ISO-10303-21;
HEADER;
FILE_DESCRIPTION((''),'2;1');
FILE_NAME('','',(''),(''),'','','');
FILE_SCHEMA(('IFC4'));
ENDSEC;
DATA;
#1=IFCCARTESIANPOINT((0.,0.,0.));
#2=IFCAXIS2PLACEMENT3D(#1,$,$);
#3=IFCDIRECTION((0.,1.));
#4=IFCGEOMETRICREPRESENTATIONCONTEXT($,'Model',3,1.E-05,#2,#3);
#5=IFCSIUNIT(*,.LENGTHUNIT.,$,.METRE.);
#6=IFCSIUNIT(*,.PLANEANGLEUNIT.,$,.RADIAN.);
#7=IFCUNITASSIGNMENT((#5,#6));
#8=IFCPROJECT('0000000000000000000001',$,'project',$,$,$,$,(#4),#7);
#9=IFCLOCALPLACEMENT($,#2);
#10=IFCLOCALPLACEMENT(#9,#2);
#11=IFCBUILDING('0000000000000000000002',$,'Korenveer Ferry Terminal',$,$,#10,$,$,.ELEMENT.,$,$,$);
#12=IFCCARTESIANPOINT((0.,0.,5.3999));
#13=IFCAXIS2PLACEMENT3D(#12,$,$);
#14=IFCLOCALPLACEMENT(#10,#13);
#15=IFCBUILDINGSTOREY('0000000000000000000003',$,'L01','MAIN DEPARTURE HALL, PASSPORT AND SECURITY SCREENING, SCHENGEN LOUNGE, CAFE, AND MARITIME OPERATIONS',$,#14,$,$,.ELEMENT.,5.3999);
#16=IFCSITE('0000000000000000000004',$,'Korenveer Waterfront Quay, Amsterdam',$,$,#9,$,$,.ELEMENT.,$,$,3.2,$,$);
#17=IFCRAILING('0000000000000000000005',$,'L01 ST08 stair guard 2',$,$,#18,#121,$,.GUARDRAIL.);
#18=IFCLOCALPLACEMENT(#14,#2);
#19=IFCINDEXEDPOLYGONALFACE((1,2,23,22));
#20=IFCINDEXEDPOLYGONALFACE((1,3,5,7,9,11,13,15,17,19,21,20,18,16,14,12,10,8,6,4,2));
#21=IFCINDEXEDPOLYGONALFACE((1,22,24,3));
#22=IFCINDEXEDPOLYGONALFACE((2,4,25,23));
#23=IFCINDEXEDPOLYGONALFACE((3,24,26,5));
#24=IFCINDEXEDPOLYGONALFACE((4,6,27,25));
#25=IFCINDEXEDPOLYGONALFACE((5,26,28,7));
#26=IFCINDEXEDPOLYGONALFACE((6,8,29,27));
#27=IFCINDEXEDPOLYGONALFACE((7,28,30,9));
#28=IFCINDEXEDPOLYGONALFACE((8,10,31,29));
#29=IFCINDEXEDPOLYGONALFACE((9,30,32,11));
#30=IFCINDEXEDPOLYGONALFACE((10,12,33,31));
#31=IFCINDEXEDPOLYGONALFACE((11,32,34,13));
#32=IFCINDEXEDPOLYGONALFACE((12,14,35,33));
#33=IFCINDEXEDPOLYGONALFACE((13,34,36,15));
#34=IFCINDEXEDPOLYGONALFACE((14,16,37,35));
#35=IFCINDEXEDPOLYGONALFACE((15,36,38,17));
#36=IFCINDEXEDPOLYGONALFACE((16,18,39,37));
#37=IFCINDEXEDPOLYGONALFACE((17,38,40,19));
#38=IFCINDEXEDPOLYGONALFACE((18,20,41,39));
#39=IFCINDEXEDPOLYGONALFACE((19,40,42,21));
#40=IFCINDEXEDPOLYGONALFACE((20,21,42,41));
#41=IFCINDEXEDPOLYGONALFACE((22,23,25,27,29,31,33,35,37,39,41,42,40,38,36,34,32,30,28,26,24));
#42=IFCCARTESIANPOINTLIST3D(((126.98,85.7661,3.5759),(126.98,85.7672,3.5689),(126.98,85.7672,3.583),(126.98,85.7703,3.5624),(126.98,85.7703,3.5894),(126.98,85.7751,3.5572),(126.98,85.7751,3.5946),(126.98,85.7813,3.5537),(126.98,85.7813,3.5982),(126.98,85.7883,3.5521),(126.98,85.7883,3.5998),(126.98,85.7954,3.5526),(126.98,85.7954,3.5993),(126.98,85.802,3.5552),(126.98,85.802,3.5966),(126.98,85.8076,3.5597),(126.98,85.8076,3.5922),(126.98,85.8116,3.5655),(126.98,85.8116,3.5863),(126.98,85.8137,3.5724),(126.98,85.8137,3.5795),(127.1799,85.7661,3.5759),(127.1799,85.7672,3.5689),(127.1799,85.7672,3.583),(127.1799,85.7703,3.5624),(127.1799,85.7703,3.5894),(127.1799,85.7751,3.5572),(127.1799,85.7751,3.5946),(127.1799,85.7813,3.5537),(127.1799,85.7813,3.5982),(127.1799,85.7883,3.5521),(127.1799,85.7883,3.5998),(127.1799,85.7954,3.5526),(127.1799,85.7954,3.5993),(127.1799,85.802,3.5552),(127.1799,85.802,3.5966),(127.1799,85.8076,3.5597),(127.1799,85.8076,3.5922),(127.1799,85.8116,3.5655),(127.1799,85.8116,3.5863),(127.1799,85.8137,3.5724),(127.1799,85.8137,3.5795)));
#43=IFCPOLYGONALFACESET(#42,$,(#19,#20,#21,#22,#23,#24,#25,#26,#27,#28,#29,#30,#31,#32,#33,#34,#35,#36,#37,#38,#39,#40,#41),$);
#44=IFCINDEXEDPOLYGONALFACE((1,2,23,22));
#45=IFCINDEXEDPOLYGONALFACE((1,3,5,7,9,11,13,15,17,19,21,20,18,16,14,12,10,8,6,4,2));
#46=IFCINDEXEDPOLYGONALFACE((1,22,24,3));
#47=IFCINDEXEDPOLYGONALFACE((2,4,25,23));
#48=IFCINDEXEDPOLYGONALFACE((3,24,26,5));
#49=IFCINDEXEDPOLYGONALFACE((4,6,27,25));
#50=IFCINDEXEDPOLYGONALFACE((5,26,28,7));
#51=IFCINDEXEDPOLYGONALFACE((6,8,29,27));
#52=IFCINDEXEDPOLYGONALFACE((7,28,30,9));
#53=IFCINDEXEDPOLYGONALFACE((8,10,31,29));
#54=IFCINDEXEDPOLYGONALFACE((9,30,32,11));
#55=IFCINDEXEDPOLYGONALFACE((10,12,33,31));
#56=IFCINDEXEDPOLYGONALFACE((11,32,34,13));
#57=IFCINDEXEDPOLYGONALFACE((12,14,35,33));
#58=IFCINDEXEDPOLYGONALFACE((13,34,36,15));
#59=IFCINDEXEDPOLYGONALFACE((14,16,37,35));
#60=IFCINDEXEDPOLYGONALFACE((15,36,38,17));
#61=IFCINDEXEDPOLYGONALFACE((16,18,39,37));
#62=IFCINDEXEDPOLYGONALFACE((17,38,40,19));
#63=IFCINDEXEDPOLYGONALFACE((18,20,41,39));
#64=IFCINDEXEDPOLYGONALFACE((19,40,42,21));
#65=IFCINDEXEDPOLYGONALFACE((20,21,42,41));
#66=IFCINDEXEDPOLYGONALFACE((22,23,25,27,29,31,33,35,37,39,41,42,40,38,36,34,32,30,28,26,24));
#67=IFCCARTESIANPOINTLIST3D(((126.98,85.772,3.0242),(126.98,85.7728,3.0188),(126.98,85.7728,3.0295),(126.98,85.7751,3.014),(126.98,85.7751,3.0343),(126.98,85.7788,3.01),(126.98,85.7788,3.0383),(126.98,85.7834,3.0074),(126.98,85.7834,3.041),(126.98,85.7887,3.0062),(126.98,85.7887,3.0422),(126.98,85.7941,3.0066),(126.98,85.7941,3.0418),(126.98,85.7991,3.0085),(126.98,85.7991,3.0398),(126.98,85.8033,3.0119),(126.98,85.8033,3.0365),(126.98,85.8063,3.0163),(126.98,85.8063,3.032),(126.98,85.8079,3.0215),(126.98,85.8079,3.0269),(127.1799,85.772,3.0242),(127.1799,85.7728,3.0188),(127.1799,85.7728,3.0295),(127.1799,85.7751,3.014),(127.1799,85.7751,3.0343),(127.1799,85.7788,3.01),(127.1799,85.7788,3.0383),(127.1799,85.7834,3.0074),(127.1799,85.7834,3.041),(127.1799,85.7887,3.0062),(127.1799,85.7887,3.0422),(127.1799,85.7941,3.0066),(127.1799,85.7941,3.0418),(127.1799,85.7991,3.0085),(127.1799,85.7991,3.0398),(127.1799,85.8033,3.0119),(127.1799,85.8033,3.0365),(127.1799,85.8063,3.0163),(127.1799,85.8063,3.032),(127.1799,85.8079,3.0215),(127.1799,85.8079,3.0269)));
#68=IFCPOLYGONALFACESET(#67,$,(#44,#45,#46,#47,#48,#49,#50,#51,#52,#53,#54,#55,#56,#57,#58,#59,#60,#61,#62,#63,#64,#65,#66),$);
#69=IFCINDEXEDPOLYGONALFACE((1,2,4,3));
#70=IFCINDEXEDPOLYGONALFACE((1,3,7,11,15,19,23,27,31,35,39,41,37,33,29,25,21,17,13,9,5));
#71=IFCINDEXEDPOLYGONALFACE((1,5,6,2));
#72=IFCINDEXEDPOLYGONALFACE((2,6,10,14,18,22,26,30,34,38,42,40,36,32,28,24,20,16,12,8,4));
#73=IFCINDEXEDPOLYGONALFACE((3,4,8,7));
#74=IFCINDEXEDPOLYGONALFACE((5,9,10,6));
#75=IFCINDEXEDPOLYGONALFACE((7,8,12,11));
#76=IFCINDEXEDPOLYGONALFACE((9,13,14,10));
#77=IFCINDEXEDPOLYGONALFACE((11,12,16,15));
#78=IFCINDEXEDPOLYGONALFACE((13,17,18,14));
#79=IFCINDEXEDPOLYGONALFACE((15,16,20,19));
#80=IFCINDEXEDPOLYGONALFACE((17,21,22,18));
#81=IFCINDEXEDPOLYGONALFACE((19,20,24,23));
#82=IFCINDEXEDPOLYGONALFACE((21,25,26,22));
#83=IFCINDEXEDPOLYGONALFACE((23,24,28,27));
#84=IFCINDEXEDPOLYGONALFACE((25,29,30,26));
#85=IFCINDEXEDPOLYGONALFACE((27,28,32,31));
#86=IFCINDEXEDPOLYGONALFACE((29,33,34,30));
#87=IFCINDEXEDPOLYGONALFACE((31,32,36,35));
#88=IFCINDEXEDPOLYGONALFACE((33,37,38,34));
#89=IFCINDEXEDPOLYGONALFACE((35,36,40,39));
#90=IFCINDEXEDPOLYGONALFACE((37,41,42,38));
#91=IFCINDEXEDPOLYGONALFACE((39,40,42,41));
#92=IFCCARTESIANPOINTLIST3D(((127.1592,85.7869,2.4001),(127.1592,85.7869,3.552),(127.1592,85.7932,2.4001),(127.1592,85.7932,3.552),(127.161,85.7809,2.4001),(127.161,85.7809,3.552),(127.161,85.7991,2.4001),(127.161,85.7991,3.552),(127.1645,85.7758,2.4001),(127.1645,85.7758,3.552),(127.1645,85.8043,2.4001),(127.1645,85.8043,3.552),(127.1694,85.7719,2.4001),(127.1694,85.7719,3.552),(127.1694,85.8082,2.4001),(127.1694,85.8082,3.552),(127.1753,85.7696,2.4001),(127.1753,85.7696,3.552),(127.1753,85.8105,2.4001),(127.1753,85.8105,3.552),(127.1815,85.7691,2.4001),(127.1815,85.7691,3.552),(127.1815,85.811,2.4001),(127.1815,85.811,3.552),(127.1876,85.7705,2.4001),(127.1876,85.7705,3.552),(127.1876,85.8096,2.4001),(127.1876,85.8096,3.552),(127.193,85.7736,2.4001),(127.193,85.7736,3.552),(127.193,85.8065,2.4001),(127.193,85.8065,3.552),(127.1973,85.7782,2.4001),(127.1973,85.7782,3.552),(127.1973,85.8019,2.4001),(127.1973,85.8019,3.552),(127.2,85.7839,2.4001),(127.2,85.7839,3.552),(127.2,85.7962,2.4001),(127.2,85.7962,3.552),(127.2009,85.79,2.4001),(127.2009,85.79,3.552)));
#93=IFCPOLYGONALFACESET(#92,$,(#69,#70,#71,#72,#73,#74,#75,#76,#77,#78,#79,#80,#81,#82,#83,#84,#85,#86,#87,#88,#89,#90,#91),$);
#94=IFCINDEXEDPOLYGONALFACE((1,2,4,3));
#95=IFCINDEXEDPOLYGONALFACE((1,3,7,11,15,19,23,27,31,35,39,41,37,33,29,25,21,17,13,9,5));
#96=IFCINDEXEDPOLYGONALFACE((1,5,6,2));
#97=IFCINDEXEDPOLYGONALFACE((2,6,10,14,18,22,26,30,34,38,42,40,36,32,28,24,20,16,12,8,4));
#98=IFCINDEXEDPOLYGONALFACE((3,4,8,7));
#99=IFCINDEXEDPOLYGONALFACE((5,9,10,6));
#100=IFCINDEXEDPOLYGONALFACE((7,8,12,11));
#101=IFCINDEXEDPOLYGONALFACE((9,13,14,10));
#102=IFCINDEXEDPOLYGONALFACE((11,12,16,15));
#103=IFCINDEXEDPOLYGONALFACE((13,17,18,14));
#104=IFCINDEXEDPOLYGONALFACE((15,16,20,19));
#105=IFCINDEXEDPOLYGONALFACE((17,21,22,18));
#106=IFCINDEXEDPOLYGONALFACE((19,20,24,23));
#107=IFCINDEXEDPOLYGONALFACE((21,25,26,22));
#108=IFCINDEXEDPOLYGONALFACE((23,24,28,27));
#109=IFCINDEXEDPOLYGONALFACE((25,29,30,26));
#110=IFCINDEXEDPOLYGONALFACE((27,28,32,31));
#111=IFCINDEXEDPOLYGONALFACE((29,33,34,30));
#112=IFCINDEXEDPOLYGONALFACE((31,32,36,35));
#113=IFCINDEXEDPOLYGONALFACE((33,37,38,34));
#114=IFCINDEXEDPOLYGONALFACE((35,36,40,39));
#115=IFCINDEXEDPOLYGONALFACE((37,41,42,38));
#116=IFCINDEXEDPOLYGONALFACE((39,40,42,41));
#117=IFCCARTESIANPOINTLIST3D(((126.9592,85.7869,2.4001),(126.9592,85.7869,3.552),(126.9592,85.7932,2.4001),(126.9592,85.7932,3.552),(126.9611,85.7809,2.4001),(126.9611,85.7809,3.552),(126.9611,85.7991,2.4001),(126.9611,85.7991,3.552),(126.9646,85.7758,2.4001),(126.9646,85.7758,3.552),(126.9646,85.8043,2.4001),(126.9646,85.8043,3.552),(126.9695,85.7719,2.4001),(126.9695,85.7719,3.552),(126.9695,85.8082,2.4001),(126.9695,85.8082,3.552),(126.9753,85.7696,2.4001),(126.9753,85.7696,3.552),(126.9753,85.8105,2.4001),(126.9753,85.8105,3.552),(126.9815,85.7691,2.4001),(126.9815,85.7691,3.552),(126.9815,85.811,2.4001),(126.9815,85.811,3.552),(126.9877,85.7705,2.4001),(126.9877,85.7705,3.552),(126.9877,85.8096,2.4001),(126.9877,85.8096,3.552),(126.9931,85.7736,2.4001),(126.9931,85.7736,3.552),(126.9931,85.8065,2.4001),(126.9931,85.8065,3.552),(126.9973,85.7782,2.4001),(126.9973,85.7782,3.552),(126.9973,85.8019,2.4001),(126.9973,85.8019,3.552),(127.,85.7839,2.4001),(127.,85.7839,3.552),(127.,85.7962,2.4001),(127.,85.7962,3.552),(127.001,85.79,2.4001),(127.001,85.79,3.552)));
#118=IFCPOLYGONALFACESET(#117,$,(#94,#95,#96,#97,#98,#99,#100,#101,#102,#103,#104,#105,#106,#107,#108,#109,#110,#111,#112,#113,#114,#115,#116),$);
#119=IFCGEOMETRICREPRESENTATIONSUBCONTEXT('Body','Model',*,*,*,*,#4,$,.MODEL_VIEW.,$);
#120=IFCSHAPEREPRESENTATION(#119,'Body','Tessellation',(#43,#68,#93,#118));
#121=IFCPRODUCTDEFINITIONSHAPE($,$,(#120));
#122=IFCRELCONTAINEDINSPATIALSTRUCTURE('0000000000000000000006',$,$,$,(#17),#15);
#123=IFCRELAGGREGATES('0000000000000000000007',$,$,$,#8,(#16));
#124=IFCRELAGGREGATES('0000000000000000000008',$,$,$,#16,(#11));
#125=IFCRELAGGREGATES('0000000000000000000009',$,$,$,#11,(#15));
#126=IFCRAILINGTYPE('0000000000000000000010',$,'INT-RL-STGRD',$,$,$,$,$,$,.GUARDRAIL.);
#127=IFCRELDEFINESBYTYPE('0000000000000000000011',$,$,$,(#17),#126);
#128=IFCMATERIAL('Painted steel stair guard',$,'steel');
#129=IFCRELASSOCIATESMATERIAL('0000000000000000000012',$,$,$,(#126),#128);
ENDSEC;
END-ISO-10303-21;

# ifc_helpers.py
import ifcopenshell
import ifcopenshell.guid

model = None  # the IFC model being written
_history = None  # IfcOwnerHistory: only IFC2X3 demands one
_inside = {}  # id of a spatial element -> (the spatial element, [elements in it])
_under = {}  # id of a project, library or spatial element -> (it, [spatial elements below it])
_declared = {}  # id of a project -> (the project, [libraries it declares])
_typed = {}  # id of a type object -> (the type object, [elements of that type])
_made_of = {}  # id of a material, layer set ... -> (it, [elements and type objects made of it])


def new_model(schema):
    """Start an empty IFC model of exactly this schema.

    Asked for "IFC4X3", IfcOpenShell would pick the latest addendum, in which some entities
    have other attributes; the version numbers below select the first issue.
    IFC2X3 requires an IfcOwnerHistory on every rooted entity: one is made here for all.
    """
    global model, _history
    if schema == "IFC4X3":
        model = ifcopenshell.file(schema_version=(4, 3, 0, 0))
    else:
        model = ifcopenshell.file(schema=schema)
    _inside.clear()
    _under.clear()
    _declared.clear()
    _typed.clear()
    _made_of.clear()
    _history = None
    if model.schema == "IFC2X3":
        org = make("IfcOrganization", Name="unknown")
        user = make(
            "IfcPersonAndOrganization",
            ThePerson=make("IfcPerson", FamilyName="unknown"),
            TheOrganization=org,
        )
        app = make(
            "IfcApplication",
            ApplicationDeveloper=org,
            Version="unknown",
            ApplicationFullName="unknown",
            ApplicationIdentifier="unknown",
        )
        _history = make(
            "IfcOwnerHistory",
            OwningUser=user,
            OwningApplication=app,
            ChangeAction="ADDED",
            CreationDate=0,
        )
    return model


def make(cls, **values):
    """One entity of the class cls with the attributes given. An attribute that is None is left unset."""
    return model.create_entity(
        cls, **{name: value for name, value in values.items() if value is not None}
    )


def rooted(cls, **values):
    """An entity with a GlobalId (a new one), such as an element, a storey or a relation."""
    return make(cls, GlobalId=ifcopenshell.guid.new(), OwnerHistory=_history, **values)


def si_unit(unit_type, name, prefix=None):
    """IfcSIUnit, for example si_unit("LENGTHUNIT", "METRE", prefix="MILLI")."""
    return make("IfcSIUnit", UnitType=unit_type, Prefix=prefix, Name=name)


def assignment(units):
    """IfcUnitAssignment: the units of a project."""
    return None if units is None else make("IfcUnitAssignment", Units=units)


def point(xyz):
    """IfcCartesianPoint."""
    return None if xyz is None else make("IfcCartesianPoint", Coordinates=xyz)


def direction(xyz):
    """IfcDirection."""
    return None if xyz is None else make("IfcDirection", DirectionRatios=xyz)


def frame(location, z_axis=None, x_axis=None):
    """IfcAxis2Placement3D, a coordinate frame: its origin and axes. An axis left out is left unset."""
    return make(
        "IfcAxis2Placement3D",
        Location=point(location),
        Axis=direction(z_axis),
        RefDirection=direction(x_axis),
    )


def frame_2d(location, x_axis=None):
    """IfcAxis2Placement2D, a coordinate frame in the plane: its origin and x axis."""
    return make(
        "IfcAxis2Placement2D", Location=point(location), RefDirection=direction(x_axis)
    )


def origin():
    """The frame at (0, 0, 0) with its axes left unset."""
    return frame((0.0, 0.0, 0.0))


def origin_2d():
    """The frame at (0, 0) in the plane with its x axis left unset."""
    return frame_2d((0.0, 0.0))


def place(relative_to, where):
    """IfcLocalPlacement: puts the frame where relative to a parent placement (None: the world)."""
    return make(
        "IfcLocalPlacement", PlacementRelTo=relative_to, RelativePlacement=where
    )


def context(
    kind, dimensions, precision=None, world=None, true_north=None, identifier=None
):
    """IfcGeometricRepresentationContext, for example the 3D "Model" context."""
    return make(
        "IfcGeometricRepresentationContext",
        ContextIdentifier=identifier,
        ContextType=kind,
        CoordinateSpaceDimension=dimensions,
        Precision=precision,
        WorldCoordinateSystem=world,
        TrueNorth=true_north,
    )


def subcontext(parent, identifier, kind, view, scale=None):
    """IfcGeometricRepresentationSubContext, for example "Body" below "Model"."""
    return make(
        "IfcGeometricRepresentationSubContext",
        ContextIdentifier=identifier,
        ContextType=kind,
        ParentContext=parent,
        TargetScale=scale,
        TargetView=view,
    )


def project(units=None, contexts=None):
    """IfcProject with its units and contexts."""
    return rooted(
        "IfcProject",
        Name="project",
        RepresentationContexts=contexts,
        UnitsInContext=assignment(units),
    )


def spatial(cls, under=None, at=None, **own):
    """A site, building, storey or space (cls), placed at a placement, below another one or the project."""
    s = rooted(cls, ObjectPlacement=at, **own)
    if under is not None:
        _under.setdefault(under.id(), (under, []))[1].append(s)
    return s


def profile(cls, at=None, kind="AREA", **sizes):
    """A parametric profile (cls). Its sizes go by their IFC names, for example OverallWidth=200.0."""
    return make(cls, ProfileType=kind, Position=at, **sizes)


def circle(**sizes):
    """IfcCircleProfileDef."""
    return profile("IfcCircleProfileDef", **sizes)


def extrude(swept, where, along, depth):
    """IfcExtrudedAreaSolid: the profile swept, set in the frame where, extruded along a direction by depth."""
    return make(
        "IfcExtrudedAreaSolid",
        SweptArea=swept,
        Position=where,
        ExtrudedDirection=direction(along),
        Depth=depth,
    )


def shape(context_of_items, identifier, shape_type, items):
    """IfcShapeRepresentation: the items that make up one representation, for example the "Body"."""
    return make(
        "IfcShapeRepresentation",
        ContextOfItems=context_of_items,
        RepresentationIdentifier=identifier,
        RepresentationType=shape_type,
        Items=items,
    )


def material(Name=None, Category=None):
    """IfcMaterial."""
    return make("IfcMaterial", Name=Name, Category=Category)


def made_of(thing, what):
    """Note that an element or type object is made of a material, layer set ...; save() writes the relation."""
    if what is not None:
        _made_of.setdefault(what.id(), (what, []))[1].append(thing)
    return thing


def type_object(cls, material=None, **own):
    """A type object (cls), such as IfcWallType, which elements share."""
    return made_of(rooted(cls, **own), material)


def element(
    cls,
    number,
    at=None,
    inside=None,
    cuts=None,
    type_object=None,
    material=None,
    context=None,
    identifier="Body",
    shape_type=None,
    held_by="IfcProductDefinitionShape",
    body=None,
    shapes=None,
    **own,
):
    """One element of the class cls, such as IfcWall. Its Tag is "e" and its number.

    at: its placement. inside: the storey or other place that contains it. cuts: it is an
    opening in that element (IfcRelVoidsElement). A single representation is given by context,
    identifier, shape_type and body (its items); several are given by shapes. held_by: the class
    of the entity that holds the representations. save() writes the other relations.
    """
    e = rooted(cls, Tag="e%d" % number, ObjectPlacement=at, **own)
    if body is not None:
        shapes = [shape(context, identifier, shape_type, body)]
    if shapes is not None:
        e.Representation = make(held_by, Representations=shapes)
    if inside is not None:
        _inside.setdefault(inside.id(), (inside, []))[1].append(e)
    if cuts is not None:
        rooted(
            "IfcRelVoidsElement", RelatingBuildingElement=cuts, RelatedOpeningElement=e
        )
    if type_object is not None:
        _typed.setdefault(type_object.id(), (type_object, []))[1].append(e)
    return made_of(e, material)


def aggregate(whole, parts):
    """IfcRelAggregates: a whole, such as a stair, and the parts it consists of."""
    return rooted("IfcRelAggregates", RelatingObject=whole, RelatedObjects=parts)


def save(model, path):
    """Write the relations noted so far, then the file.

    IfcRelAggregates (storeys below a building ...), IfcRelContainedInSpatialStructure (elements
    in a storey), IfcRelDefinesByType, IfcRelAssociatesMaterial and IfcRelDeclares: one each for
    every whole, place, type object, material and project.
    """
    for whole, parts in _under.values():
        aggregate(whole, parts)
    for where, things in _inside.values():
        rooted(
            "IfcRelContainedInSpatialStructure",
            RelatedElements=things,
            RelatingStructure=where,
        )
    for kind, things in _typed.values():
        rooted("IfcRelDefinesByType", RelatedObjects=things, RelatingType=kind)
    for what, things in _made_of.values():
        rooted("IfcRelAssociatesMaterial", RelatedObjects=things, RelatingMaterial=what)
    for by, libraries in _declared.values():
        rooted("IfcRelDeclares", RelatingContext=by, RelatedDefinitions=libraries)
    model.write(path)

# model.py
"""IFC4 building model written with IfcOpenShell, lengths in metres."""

from ifc_helpers import new_model, si_unit, direction, frame, origin, origin_2d, place, context, subcontext, project, spatial, circle, extrude, material, type_object, element, save


model = new_model("IFC4")

# Units and contexts
model_context = context("Model", 3, precision=1e-05, world=origin(), true_north=direction((0.0, 1.0)))
body_context = subcontext(model_context, "Body", "Model", "MODEL_VIEW")
ifc_project = project(units=[si_unit("LENGTHUNIT", "METRE"), si_unit("PLANEANGLEUNIT", "RADIAN")], contexts=[model_context])

# Site, building, storey
site_placement = place(None, origin())
site = spatial("IfcSite", under=ifc_project, at=site_placement, Name="Korenveer Waterfront Quay, Amsterdam", CompositionType="ELEMENT", RefElevation=3.2)
building_placement = place(site_placement, origin())
building = spatial("IfcBuilding", under=site, at=building_placement, Name="Korenveer Ferry Terminal", CompositionType="ELEMENT")
storey_placement = place(building_placement, frame((0.0, 0.0, 5.3999)))
storey = spatial("IfcBuildingStorey", under=building, at=storey_placement, Name="L01", Description="MAIN DEPARTURE HALL, PASSPORT AND SECURITY SCREENING, SCHENGEN LOUNGE, CAFE, AND MARITIME OPERATIONS", CompositionType="ELEMENT", Elevation=5.3999)

# Railing
ifc_material_1 = material(Name="Painted steel stair guard", Category="steel")
railing_type_1 = type_object("IfcRailingType", Name="INT-RL-STGRD", PredefinedType="GUARDRAIL", material=ifc_material_1)
railing_1_placement = place(storey_placement, frame((127.1799, 85.79, 2.4001)))
element("IfcRailing", 1, at=railing_1_placement, inside=storey, type_object=railing_type_1, Name="L01 ST08 stair guard 2", PredefinedType="GUARDRAIL", context=body_context, shape_type="SweptSolid", body=[
    extrude(circle(Radius=0.0239, at=origin_2d()), frame((0.0, 0.0, 1.1758), z_axis=(-1.0, 0.0, 0.0), x_axis=(0.0, -1.0, 0.0)), (0.0, 0.0, 1.0), 0.2),
    extrude(circle(Radius=0.0181, at=origin_2d()), frame((0.0, 0.0, 0.624), z_axis=(-1.0, 0.0, 0.0), x_axis=(0.0, -1.0, 0.0)), (0.0, 0.0, 1.0), 0.2),
    extrude(circle(Radius=0.021, at=origin_2d()), origin(), (0.0, 0.0, 1.0), 1.1519),
    extrude(circle(Radius=0.021, at=origin_2d()), frame((-0.2, 0.0, 0.0)), (0.0, 0.0, 1.0), 1.1519),
])

save(model, "model.ifc")
